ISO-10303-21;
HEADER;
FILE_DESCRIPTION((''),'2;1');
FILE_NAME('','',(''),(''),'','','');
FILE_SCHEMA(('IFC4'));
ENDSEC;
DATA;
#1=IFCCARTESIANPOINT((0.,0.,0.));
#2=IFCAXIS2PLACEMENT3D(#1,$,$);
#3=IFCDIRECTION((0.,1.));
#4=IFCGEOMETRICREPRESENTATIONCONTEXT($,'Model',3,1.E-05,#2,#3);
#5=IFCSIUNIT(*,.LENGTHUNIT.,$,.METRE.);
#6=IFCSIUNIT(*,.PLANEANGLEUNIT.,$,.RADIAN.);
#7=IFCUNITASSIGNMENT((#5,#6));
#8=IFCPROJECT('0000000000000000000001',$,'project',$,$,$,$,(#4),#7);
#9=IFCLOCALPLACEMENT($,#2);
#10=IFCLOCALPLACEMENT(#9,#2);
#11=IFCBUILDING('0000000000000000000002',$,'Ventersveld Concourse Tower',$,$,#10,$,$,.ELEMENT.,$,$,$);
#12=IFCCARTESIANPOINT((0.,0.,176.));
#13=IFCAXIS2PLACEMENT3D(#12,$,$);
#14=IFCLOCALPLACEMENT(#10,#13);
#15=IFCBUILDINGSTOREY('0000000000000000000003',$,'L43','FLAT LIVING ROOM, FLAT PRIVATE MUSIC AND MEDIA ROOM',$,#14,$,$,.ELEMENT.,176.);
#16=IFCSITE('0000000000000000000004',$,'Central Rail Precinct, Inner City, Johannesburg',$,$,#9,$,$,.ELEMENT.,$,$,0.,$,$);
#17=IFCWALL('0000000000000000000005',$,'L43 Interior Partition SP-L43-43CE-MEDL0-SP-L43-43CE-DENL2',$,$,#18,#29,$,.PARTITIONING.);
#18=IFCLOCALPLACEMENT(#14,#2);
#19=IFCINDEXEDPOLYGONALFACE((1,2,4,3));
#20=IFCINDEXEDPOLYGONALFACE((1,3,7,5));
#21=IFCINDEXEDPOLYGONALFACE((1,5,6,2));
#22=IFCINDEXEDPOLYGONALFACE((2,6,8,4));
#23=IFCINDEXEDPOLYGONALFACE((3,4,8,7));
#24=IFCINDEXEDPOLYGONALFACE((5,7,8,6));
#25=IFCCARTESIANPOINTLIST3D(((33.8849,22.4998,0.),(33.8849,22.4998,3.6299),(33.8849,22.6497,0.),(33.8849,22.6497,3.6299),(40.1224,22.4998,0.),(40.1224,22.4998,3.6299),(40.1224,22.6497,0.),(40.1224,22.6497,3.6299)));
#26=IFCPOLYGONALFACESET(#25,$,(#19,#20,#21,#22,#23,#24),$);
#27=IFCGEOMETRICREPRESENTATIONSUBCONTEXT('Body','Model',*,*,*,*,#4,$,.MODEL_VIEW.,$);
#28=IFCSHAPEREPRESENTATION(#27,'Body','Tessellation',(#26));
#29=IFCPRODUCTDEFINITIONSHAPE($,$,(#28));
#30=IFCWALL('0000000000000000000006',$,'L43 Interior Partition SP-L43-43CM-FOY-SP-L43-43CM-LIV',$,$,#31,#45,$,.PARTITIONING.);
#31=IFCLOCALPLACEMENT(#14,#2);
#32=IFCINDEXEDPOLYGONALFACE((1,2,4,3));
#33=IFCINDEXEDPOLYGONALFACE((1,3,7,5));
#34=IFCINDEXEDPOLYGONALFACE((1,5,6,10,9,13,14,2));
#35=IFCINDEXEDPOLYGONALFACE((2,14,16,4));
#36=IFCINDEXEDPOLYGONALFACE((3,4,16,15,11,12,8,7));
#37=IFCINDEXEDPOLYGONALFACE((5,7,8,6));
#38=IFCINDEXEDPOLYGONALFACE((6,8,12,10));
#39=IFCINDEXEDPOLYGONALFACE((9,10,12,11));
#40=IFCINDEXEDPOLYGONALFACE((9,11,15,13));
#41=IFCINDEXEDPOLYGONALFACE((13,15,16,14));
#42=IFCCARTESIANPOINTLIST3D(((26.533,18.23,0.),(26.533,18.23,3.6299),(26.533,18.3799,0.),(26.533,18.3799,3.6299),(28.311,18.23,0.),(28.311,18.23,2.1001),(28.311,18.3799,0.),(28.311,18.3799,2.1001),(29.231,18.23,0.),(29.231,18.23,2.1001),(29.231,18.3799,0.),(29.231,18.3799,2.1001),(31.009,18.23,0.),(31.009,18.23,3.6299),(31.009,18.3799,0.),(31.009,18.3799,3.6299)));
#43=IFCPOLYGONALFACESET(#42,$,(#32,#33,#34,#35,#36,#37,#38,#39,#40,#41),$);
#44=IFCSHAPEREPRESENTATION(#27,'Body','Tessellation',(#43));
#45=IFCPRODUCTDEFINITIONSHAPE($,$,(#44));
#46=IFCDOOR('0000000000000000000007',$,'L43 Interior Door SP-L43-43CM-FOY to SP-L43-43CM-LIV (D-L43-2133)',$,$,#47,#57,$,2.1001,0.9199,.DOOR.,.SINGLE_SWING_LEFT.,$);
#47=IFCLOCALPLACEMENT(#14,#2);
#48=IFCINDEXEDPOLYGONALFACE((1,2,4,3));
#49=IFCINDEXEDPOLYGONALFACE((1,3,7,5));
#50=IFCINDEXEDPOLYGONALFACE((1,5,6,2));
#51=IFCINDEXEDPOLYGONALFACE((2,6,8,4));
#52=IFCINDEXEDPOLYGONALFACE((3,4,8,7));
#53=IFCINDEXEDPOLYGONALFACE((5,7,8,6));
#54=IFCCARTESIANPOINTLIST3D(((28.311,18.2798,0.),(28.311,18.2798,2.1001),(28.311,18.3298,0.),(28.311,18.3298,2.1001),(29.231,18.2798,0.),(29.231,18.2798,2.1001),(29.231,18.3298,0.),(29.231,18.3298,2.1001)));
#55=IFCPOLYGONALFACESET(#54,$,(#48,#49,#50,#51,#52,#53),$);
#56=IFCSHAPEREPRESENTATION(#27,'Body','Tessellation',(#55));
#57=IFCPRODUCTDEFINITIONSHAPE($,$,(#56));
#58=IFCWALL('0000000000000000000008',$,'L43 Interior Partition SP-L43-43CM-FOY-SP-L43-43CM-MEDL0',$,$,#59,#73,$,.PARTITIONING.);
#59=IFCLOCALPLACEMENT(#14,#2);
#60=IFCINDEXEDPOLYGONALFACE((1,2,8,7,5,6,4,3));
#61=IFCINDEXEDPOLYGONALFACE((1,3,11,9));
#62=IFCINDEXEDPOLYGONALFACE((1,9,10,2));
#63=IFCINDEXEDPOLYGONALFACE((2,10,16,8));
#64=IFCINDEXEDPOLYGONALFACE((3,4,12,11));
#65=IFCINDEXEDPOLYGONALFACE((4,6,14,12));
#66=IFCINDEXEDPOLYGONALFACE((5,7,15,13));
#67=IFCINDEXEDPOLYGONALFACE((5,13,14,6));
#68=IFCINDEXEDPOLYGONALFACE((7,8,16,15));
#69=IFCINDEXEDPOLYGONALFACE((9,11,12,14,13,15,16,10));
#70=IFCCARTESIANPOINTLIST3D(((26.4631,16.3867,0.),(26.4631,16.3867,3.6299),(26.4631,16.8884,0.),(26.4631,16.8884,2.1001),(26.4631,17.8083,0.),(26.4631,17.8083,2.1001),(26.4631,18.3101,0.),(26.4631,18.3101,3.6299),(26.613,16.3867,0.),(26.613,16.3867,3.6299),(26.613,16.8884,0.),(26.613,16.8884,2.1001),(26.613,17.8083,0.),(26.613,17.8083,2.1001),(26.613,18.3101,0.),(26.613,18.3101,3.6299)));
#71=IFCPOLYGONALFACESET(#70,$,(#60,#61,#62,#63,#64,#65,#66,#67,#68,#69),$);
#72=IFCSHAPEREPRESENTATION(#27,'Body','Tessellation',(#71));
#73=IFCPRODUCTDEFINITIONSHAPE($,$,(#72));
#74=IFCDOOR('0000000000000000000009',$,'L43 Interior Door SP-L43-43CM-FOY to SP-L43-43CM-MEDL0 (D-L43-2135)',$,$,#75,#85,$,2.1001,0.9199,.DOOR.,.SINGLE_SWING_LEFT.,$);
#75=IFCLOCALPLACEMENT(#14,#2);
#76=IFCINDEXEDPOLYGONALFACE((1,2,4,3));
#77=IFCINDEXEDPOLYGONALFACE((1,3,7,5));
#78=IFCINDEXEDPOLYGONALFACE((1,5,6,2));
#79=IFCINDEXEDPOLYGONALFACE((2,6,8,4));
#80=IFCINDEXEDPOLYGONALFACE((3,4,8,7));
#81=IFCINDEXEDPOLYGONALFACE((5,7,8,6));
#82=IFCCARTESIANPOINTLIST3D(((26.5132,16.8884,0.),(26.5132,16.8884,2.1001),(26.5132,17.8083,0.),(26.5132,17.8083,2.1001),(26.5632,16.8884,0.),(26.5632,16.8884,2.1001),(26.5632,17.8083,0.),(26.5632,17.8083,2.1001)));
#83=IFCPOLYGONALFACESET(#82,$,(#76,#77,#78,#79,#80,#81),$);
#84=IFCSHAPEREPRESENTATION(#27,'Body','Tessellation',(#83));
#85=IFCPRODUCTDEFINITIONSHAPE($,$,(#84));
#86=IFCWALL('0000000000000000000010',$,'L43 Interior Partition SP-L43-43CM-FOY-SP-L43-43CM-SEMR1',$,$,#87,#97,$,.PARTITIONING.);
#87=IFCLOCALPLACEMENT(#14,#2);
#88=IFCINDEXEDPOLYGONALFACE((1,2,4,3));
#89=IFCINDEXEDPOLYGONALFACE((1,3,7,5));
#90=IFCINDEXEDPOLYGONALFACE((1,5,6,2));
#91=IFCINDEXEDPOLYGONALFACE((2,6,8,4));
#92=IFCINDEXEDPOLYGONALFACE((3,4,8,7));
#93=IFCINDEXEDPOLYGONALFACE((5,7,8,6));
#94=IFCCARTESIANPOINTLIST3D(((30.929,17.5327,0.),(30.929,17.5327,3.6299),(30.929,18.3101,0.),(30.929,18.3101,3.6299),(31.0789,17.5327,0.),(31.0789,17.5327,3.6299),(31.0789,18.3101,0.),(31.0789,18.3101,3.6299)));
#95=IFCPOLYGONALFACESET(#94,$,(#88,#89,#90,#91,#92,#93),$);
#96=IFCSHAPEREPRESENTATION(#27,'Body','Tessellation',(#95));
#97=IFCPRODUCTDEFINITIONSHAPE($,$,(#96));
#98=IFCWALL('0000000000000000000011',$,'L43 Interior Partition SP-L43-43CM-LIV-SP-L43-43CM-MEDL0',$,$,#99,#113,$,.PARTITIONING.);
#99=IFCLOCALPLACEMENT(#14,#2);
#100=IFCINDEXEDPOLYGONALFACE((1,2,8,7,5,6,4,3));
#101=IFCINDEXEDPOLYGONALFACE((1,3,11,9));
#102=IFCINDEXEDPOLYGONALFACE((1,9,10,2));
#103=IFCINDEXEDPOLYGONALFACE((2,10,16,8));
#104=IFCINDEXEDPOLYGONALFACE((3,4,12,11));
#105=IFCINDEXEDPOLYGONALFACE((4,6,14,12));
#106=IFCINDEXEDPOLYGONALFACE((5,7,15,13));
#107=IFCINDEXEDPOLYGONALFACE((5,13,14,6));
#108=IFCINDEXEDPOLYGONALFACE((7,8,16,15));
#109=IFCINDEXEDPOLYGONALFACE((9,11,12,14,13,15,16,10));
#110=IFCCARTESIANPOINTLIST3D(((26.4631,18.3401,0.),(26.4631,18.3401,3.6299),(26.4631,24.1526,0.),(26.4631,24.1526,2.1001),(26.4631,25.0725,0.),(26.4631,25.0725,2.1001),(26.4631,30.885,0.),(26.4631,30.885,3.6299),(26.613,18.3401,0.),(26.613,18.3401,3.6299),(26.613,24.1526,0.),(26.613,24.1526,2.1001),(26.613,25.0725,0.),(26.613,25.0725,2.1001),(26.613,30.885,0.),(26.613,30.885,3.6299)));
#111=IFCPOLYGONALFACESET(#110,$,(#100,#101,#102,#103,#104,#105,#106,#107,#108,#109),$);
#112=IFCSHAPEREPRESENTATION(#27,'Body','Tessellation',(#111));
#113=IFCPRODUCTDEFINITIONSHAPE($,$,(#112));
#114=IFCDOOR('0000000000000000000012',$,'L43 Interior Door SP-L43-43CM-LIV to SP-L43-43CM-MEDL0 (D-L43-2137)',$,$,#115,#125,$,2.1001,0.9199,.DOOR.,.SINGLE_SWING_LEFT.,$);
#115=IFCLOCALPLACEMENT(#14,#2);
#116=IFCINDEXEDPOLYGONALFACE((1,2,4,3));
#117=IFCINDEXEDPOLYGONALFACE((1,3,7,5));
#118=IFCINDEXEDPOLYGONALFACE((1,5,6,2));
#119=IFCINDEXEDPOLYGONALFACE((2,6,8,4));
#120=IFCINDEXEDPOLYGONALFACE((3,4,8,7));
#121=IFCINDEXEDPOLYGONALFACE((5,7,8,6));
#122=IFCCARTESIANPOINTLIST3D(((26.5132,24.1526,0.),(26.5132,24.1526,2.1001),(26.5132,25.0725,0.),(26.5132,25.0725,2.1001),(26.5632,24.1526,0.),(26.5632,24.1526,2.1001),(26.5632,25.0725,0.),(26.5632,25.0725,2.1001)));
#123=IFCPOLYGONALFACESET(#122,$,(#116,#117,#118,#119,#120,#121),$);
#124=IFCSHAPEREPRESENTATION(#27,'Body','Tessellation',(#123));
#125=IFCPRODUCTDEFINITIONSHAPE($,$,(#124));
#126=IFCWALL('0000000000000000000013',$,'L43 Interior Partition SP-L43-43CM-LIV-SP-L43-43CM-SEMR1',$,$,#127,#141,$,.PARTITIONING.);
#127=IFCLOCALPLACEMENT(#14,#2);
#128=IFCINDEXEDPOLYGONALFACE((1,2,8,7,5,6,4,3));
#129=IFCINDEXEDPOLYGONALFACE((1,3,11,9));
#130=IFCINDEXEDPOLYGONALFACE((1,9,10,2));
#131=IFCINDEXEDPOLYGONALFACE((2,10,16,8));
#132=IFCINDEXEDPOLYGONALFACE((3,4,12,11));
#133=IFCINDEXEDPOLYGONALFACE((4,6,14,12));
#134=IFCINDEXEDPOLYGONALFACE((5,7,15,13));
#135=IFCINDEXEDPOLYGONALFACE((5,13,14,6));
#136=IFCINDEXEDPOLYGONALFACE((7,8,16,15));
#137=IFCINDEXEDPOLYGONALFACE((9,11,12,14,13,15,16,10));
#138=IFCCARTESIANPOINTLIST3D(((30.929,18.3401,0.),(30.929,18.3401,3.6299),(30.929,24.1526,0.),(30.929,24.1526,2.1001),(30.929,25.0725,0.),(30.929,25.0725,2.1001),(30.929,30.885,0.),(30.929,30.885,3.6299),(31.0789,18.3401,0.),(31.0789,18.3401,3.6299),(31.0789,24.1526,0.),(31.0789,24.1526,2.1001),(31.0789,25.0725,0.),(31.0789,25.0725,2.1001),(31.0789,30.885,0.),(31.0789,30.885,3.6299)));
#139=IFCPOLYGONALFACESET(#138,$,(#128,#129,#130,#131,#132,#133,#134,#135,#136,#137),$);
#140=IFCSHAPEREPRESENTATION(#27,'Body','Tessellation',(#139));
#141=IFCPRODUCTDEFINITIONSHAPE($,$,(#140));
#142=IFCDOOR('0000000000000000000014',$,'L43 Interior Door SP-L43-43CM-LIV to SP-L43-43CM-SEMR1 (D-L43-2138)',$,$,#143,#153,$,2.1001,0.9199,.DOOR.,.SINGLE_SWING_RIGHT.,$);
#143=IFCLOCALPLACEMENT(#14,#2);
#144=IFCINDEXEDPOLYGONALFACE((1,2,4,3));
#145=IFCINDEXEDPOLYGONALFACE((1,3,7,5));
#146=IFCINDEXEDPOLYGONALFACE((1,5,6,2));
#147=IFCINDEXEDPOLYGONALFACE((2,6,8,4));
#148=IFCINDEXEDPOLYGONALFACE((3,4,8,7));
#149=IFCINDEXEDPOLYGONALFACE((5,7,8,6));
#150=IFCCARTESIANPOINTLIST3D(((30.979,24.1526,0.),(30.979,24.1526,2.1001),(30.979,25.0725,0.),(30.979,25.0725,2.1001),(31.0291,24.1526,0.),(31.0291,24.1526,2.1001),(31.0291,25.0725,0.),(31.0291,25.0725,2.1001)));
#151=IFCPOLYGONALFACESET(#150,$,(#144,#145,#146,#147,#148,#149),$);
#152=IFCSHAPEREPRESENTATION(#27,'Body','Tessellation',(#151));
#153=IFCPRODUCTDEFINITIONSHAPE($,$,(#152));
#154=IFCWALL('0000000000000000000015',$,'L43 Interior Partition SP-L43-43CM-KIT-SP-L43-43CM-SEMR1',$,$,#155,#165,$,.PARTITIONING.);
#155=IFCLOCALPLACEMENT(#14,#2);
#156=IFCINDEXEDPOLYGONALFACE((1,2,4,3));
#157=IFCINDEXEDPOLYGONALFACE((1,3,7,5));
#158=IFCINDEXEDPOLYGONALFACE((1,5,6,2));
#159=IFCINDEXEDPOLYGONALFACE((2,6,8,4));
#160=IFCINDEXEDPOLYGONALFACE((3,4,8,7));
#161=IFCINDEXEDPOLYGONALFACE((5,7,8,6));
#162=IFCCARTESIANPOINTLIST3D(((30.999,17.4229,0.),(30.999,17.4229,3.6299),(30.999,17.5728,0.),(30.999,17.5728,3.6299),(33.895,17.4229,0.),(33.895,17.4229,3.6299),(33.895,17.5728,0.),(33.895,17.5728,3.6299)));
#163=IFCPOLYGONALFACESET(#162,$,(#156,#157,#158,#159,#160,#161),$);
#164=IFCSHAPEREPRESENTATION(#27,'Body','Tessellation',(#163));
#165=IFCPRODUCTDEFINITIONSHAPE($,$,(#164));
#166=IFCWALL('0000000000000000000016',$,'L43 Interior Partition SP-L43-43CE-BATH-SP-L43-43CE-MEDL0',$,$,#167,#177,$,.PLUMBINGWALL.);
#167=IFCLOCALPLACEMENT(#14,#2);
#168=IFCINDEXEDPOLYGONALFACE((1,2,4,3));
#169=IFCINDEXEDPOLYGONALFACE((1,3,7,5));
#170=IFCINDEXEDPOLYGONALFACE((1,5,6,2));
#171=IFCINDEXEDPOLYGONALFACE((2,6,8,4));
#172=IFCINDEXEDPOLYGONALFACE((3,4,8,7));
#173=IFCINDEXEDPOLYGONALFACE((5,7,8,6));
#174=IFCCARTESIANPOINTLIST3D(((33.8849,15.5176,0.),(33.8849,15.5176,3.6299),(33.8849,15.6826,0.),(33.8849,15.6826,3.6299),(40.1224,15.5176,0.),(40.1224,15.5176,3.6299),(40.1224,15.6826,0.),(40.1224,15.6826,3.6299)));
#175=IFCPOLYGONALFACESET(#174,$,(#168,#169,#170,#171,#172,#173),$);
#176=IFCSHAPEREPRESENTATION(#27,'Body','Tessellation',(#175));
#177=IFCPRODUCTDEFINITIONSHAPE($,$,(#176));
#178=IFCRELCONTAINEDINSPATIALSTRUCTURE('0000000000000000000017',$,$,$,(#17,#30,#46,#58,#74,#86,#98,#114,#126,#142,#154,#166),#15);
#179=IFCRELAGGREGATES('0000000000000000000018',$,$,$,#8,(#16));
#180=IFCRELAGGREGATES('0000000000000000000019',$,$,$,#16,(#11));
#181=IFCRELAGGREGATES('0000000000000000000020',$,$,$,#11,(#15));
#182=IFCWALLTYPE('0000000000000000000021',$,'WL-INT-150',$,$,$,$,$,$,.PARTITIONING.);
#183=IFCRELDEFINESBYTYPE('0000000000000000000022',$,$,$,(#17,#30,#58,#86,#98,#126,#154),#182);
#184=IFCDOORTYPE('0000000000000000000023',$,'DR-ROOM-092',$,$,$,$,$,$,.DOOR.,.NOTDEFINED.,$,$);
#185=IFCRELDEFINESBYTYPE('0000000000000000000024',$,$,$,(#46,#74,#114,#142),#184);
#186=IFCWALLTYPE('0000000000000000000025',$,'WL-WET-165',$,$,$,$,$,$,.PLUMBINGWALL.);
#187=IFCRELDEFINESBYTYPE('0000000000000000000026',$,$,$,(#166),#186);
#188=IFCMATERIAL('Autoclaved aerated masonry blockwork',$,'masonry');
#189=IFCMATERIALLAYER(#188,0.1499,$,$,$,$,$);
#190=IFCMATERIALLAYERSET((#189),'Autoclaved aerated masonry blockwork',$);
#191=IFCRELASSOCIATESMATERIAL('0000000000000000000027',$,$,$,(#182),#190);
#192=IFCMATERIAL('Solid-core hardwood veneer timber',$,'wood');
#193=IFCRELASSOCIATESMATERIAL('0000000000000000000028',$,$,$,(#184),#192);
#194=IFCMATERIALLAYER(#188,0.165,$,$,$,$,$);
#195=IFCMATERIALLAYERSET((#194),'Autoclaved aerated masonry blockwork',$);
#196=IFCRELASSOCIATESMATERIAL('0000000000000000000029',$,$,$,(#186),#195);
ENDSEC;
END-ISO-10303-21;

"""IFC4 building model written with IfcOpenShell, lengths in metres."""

from ifc_helpers import new_model, si_unit, direction, frame, frame_2d, origin, place, context, subcontext, project, spatial, rectangle, extrude, material, layer, layer_set, type_object, element, fill, save


model = new_model("IFC4")

# Units and contexts
model_context = context("Model", 3, precision=1e-05, world=origin(), true_north=direction((0.0, 1.0)))
body_context = subcontext(model_context, "Body", "Model", "MODEL_VIEW")
ifc_project = project(units=[si_unit("LENGTHUNIT", "METRE"), si_unit("PLANEANGLEUNIT", "RADIAN")], contexts=[model_context])

# Site, building, storey
site_placement = place(None, origin())
site = spatial("IfcSite", under=ifc_project, at=site_placement, Name="Central Rail Precinct, Inner City, Johannesburg", CompositionType="ELEMENT", RefElevation=0.0)
building_placement = place(site_placement, origin())
building = spatial("IfcBuilding", under=site, at=building_placement, Name="Ventersveld Concourse Tower", CompositionType="ELEMENT")
storey_placement = place(building_placement, frame((0.0, 0.0, 176.0)))
storey = spatial("IfcBuildingStorey", under=building, at=storey_placement, Name="L43", Description="FLAT LIVING ROOM, FLAT PRIVATE MUSIC AND MEDIA ROOM", CompositionType="ELEMENT", Elevation=176.0)

# Shared definitions
ifc_material_1 = material(Name="Solid-core hardwood veneer timber", Category="wood")

# Wall
ifc_material_2 = material(Name="Autoclaved aerated masonry blockwork", Category="masonry")
ifc_layer_1 = layer(ifc_material_2, 0.1499)
ifc_layer_set_1 = layer_set([ifc_layer_1], Name="Autoclaved aerated masonry blockwork")
wall_type_1 = type_object("IfcWallType", Name="WL-INT-150", PredefinedType="PARTITIONING", material=ifc_layer_set_1)
wall_1_placement = place(storey_placement, frame((33.885, 22.5747, 0.0), z_axis=(0.0, 0.0, 1.0), x_axis=(1.0, 0.0, 0.0)))
element("IfcWall", 1, at=wall_1_placement, inside=storey, type_object=wall_type_1, Name="L43 Interior Partition SP-L43-43CE-MEDL0-SP-L43-43CE-DENL2", PredefinedType="PARTITIONING", context=body_context, shape_type="SweptSolid", body=[
    extrude(rectangle(XDim=6.2375, YDim=0.1499, at=frame_2d((3.1187, 0.0))), origin(), (0.0, 0.0, 1.0), 3.6299),
])

# Walls, openings, doors
wall_2_placement = place(storey_placement, frame((26.533, 18.3049, 0.0), z_axis=(0.0, 0.0, 1.0), x_axis=(1.0, 0.0, 0.0)))
wall_2 = element("IfcWall", 2, at=wall_2_placement, inside=storey, type_object=wall_type_1, Name="L43 Interior Partition SP-L43-43CM-FOY-SP-L43-43CM-LIV", PredefinedType="PARTITIONING", context=body_context, shape_type="SweptSolid", body=[
    extrude(rectangle(XDim=4.4761, YDim=0.1499, at=frame_2d((2.238, 0.0))), origin(), (0.0, 0.0, 1.0), 3.6299),
])
opening_1_placement = place(wall_2_placement, frame((1.7781, 0.0, 0.0)))
opening_1 = element("IfcOpeningElement", 3, at=opening_1_placement, cuts=wall_2, PredefinedType="OPENING", context=body_context, shape_type="SweptSolid", body=[
    extrude(rectangle(XDim=0.9199, YDim=2.1001, at=frame_2d((0.46, 1.05))), frame((0.0, 0.085, 0.0), z_axis=(0.0, -1.0, 0.0), x_axis=(1.0, 0.0, 0.0)), (0.0, 0.0, 1.0), 0.1699),
])
door_type_1 = type_object("IfcDoorType", Name="DR-ROOM-092", OperationType="NOTDEFINED", PredefinedType="DOOR", material=ifc_material_1)
door_1_placement = place(opening_1_placement, origin())
door_1 = element("IfcDoor", 4, at=door_1_placement, inside=storey, type_object=door_type_1, Name="L43 Interior Door SP-L43-43CM-FOY to SP-L43-43CM-LIV (D-L43-2133)", OperationType="SINGLE_SWING_LEFT", OverallHeight=2.1001, OverallWidth=0.9199, PredefinedType="DOOR", context=body_context, shape_type="SweptSolid", body=[
    extrude(rectangle(XDim=0.9199, YDim=2.1001, at=frame_2d((0.46, 1.05))), frame((0.0, 0.0249, 0.0), z_axis=(0.0, -1.0, 0.0), x_axis=(1.0, 0.0, 0.0)), (0.0, 0.0, 1.0), 0.05),
])
fill(opening_1, door_1)
wall_3_placement = place(storey_placement, frame((26.5381, 16.3867, 0.0), z_axis=(0.0, 0.0, 1.0), x_axis=(0.0, 1.0, 0.0)))
wall_3 = element("IfcWall", 5, at=wall_3_placement, inside=storey, type_object=wall_type_1, Name="L43 Interior Partition SP-L43-43CM-FOY-SP-L43-43CM-MEDL0", PredefinedType="PARTITIONING", context=body_context, shape_type="SweptSolid", body=[
    extrude(rectangle(XDim=1.9233, YDim=0.1499, at=frame_2d((0.9617, 0.0))), origin(), (0.0, 0.0, 1.0), 3.6299),
])
opening_2_placement = place(wall_3_placement, frame((0.5017, 0.0, 0.0)))
opening_2 = element("IfcOpeningElement", 6, at=opening_2_placement, cuts=wall_3, PredefinedType="OPENING", context=body_context, shape_type="SweptSolid", body=[
    extrude(rectangle(XDim=0.9199, YDim=2.1001, at=frame_2d((0.46, 1.05))), frame((0.0, 0.085, 0.0), z_axis=(0.0, -1.0, 0.0), x_axis=(1.0, 0.0, 0.0)), (0.0, 0.0, 1.0), 0.1699),
])
door_2_placement = place(opening_2_placement, origin())
door_2 = element("IfcDoor", 7, at=door_2_placement, inside=storey, type_object=door_type_1, Name="L43 Interior Door SP-L43-43CM-FOY to SP-L43-43CM-MEDL0 (D-L43-2135)", OperationType="SINGLE_SWING_LEFT", OverallHeight=2.1001, OverallWidth=0.9199, PredefinedType="DOOR", context=body_context, shape_type="SweptSolid", body=[
    extrude(rectangle(XDim=0.9199, YDim=2.1001, at=frame_2d((0.46, 1.05))), frame((0.0, 0.0249, 0.0), z_axis=(0.0, -1.0, 0.0), x_axis=(1.0, 0.0, 0.0)), (0.0, 0.0, 1.0), 0.05),
])
fill(opening_2, door_2)

# Wall
wall_4_placement = place(storey_placement, frame((31.0039, 17.5327, 0.0), z_axis=(0.0, 0.0, 1.0), x_axis=(0.0, 1.0, 0.0)))
element("IfcWall", 8, at=wall_4_placement, inside=storey, type_object=wall_type_1, Name="L43 Interior Partition SP-L43-43CM-FOY-SP-L43-43CM-SEMR1", PredefinedType="PARTITIONING", context=body_context, shape_type="SweptSolid", body=[
    extrude(rectangle(XDim=0.7773, YDim=0.1499, at=frame_2d((0.3887, 0.0))), origin(), (0.0, 0.0, 1.0), 3.6299),
])

# Walls, openings, doors
wall_5_placement = place(storey_placement, frame((26.5381, 18.3401, 0.0), z_axis=(0.0, 0.0, 1.0), x_axis=(0.0, 1.0, 0.0)))
wall_5 = element("IfcWall", 9, at=wall_5_placement, inside=storey, type_object=wall_type_1, Name="L43 Interior Partition SP-L43-43CM-LIV-SP-L43-43CM-MEDL0", PredefinedType="PARTITIONING", context=body_context, shape_type="SweptSolid", body=[
    extrude(rectangle(XDim=12.5449, YDim=0.1499, at=frame_2d((6.2725, 0.0))), origin(), (0.0, 0.0, 1.0), 3.6299),
])
opening_3_placement = place(wall_5_placement, frame((5.8125, 0.0, 0.0)))
opening_3 = element("IfcOpeningElement", 10, at=opening_3_placement, cuts=wall_5, PredefinedType="OPENING", context=body_context, shape_type="SweptSolid", body=[
    extrude(rectangle(XDim=0.9199, YDim=2.1001, at=frame_2d((0.46, 1.05))), frame((0.0, 0.085, 0.0), z_axis=(0.0, -1.0, 0.0), x_axis=(1.0, 0.0, 0.0)), (0.0, 0.0, 1.0), 0.1699),
])
door_3_placement = place(opening_3_placement, origin())
door_3 = element("IfcDoor", 11, at=door_3_placement, inside=storey, type_object=door_type_1, Name="L43 Interior Door SP-L43-43CM-LIV to SP-L43-43CM-MEDL0 (D-L43-2137)", OperationType="SINGLE_SWING_LEFT", OverallHeight=2.1001, OverallWidth=0.9199, PredefinedType="DOOR", context=body_context, shape_type="SweptSolid", body=[
    extrude(rectangle(XDim=0.9199, YDim=2.1001, at=frame_2d((0.46, 1.05))), frame((0.0, 0.0249, 0.0), z_axis=(0.0, -1.0, 0.0), x_axis=(1.0, 0.0, 0.0)), (0.0, 0.0, 1.0), 0.05),
])
fill(opening_3, door_3)
wall_6_placement = place(storey_placement, frame((31.0039, 18.3401, 0.0), z_axis=(0.0, 0.0, 1.0), x_axis=(0.0, 1.0, 0.0)))
wall_6 = element("IfcWall", 12, at=wall_6_placement, inside=storey, type_object=wall_type_1, Name="L43 Interior Partition SP-L43-43CM-LIV-SP-L43-43CM-SEMR1", PredefinedType="PARTITIONING", context=body_context, shape_type="SweptSolid", body=[
    extrude(rectangle(XDim=12.5449, YDim=0.1499, at=frame_2d((6.2725, 0.0))), origin(), (0.0, 0.0, 1.0), 3.6299),
])
opening_4_placement = place(wall_6_placement, frame((5.8125, 0.0, 0.0)))
opening_4 = element("IfcOpeningElement", 13, at=opening_4_placement, cuts=wall_6, PredefinedType="OPENING", context=body_context, shape_type="SweptSolid", body=[
    extrude(rectangle(XDim=0.9199, YDim=2.1001, at=frame_2d((0.46, 1.05))), frame((0.0, 0.085, 0.0), z_axis=(0.0, -1.0, 0.0), x_axis=(1.0, 0.0, 0.0)), (0.0, 0.0, 1.0), 0.1699),
])
door_4_placement = place(opening_4_placement, origin())
door_4 = element("IfcDoor", 14, at=door_4_placement, inside=storey, type_object=door_type_1, Name="L43 Interior Door SP-L43-43CM-LIV to SP-L43-43CM-SEMR1 (D-L43-2138)", OperationType="SINGLE_SWING_RIGHT", OverallHeight=2.1001, OverallWidth=0.9199, PredefinedType="DOOR", context=body_context, shape_type="SweptSolid", body=[
    extrude(rectangle(XDim=0.9199, YDim=2.1001, at=frame_2d((0.46, 1.05))), frame((0.0, 0.0249, 0.0), z_axis=(0.0, -1.0, 0.0), x_axis=(1.0, 0.0, 0.0)), (0.0, 0.0, 1.0), 0.05),
])
fill(opening_4, door_4)

# Walls
wall_7_placement = place(storey_placement, frame((30.999, 17.4978, 0.0), z_axis=(0.0, 0.0, 1.0), x_axis=(1.0, 0.0, 0.0)))
element("IfcWall", 15, at=wall_7_placement, inside=storey, type_object=wall_type_1, Name="L43 Interior Partition SP-L43-43CM-KIT-SP-L43-43CM-SEMR1", PredefinedType="PARTITIONING", context=body_context, shape_type="SweptSolid", body=[
    extrude(rectangle(XDim=2.896, YDim=0.1499, at=frame_2d((1.448, 0.0))), origin(), (0.0, 0.0, 1.0), 3.6299),
])
ifc_layer_2 = layer(ifc_material_2, 0.165)
ifc_layer_set_2 = layer_set([ifc_layer_2], Name="Autoclaved aerated masonry blockwork")
wall_type_2 = type_object("IfcWallType", Name="WL-WET-165", PredefinedType="PLUMBINGWALL", material=ifc_layer_set_2)
wall_8_placement = place(storey_placement, frame((33.885, 15.6001, 0.0), z_axis=(0.0, 0.0, 1.0), x_axis=(1.0, 0.0, 0.0)))
element("IfcWall", 16, at=wall_8_placement, inside=storey, type_object=wall_type_2, Name="L43 Interior Partition SP-L43-43CE-BATH-SP-L43-43CE-MEDL0", PredefinedType="PLUMBINGWALL", context=body_context, shape_type="SweptSolid", body=[
    extrude(rectangle(XDim=6.2375, YDim=0.165, at=frame_2d((3.1187, 0.0))), origin(), (0.0, 0.0, 1.0), 3.6299),
])

save(model, "model.ifc")
